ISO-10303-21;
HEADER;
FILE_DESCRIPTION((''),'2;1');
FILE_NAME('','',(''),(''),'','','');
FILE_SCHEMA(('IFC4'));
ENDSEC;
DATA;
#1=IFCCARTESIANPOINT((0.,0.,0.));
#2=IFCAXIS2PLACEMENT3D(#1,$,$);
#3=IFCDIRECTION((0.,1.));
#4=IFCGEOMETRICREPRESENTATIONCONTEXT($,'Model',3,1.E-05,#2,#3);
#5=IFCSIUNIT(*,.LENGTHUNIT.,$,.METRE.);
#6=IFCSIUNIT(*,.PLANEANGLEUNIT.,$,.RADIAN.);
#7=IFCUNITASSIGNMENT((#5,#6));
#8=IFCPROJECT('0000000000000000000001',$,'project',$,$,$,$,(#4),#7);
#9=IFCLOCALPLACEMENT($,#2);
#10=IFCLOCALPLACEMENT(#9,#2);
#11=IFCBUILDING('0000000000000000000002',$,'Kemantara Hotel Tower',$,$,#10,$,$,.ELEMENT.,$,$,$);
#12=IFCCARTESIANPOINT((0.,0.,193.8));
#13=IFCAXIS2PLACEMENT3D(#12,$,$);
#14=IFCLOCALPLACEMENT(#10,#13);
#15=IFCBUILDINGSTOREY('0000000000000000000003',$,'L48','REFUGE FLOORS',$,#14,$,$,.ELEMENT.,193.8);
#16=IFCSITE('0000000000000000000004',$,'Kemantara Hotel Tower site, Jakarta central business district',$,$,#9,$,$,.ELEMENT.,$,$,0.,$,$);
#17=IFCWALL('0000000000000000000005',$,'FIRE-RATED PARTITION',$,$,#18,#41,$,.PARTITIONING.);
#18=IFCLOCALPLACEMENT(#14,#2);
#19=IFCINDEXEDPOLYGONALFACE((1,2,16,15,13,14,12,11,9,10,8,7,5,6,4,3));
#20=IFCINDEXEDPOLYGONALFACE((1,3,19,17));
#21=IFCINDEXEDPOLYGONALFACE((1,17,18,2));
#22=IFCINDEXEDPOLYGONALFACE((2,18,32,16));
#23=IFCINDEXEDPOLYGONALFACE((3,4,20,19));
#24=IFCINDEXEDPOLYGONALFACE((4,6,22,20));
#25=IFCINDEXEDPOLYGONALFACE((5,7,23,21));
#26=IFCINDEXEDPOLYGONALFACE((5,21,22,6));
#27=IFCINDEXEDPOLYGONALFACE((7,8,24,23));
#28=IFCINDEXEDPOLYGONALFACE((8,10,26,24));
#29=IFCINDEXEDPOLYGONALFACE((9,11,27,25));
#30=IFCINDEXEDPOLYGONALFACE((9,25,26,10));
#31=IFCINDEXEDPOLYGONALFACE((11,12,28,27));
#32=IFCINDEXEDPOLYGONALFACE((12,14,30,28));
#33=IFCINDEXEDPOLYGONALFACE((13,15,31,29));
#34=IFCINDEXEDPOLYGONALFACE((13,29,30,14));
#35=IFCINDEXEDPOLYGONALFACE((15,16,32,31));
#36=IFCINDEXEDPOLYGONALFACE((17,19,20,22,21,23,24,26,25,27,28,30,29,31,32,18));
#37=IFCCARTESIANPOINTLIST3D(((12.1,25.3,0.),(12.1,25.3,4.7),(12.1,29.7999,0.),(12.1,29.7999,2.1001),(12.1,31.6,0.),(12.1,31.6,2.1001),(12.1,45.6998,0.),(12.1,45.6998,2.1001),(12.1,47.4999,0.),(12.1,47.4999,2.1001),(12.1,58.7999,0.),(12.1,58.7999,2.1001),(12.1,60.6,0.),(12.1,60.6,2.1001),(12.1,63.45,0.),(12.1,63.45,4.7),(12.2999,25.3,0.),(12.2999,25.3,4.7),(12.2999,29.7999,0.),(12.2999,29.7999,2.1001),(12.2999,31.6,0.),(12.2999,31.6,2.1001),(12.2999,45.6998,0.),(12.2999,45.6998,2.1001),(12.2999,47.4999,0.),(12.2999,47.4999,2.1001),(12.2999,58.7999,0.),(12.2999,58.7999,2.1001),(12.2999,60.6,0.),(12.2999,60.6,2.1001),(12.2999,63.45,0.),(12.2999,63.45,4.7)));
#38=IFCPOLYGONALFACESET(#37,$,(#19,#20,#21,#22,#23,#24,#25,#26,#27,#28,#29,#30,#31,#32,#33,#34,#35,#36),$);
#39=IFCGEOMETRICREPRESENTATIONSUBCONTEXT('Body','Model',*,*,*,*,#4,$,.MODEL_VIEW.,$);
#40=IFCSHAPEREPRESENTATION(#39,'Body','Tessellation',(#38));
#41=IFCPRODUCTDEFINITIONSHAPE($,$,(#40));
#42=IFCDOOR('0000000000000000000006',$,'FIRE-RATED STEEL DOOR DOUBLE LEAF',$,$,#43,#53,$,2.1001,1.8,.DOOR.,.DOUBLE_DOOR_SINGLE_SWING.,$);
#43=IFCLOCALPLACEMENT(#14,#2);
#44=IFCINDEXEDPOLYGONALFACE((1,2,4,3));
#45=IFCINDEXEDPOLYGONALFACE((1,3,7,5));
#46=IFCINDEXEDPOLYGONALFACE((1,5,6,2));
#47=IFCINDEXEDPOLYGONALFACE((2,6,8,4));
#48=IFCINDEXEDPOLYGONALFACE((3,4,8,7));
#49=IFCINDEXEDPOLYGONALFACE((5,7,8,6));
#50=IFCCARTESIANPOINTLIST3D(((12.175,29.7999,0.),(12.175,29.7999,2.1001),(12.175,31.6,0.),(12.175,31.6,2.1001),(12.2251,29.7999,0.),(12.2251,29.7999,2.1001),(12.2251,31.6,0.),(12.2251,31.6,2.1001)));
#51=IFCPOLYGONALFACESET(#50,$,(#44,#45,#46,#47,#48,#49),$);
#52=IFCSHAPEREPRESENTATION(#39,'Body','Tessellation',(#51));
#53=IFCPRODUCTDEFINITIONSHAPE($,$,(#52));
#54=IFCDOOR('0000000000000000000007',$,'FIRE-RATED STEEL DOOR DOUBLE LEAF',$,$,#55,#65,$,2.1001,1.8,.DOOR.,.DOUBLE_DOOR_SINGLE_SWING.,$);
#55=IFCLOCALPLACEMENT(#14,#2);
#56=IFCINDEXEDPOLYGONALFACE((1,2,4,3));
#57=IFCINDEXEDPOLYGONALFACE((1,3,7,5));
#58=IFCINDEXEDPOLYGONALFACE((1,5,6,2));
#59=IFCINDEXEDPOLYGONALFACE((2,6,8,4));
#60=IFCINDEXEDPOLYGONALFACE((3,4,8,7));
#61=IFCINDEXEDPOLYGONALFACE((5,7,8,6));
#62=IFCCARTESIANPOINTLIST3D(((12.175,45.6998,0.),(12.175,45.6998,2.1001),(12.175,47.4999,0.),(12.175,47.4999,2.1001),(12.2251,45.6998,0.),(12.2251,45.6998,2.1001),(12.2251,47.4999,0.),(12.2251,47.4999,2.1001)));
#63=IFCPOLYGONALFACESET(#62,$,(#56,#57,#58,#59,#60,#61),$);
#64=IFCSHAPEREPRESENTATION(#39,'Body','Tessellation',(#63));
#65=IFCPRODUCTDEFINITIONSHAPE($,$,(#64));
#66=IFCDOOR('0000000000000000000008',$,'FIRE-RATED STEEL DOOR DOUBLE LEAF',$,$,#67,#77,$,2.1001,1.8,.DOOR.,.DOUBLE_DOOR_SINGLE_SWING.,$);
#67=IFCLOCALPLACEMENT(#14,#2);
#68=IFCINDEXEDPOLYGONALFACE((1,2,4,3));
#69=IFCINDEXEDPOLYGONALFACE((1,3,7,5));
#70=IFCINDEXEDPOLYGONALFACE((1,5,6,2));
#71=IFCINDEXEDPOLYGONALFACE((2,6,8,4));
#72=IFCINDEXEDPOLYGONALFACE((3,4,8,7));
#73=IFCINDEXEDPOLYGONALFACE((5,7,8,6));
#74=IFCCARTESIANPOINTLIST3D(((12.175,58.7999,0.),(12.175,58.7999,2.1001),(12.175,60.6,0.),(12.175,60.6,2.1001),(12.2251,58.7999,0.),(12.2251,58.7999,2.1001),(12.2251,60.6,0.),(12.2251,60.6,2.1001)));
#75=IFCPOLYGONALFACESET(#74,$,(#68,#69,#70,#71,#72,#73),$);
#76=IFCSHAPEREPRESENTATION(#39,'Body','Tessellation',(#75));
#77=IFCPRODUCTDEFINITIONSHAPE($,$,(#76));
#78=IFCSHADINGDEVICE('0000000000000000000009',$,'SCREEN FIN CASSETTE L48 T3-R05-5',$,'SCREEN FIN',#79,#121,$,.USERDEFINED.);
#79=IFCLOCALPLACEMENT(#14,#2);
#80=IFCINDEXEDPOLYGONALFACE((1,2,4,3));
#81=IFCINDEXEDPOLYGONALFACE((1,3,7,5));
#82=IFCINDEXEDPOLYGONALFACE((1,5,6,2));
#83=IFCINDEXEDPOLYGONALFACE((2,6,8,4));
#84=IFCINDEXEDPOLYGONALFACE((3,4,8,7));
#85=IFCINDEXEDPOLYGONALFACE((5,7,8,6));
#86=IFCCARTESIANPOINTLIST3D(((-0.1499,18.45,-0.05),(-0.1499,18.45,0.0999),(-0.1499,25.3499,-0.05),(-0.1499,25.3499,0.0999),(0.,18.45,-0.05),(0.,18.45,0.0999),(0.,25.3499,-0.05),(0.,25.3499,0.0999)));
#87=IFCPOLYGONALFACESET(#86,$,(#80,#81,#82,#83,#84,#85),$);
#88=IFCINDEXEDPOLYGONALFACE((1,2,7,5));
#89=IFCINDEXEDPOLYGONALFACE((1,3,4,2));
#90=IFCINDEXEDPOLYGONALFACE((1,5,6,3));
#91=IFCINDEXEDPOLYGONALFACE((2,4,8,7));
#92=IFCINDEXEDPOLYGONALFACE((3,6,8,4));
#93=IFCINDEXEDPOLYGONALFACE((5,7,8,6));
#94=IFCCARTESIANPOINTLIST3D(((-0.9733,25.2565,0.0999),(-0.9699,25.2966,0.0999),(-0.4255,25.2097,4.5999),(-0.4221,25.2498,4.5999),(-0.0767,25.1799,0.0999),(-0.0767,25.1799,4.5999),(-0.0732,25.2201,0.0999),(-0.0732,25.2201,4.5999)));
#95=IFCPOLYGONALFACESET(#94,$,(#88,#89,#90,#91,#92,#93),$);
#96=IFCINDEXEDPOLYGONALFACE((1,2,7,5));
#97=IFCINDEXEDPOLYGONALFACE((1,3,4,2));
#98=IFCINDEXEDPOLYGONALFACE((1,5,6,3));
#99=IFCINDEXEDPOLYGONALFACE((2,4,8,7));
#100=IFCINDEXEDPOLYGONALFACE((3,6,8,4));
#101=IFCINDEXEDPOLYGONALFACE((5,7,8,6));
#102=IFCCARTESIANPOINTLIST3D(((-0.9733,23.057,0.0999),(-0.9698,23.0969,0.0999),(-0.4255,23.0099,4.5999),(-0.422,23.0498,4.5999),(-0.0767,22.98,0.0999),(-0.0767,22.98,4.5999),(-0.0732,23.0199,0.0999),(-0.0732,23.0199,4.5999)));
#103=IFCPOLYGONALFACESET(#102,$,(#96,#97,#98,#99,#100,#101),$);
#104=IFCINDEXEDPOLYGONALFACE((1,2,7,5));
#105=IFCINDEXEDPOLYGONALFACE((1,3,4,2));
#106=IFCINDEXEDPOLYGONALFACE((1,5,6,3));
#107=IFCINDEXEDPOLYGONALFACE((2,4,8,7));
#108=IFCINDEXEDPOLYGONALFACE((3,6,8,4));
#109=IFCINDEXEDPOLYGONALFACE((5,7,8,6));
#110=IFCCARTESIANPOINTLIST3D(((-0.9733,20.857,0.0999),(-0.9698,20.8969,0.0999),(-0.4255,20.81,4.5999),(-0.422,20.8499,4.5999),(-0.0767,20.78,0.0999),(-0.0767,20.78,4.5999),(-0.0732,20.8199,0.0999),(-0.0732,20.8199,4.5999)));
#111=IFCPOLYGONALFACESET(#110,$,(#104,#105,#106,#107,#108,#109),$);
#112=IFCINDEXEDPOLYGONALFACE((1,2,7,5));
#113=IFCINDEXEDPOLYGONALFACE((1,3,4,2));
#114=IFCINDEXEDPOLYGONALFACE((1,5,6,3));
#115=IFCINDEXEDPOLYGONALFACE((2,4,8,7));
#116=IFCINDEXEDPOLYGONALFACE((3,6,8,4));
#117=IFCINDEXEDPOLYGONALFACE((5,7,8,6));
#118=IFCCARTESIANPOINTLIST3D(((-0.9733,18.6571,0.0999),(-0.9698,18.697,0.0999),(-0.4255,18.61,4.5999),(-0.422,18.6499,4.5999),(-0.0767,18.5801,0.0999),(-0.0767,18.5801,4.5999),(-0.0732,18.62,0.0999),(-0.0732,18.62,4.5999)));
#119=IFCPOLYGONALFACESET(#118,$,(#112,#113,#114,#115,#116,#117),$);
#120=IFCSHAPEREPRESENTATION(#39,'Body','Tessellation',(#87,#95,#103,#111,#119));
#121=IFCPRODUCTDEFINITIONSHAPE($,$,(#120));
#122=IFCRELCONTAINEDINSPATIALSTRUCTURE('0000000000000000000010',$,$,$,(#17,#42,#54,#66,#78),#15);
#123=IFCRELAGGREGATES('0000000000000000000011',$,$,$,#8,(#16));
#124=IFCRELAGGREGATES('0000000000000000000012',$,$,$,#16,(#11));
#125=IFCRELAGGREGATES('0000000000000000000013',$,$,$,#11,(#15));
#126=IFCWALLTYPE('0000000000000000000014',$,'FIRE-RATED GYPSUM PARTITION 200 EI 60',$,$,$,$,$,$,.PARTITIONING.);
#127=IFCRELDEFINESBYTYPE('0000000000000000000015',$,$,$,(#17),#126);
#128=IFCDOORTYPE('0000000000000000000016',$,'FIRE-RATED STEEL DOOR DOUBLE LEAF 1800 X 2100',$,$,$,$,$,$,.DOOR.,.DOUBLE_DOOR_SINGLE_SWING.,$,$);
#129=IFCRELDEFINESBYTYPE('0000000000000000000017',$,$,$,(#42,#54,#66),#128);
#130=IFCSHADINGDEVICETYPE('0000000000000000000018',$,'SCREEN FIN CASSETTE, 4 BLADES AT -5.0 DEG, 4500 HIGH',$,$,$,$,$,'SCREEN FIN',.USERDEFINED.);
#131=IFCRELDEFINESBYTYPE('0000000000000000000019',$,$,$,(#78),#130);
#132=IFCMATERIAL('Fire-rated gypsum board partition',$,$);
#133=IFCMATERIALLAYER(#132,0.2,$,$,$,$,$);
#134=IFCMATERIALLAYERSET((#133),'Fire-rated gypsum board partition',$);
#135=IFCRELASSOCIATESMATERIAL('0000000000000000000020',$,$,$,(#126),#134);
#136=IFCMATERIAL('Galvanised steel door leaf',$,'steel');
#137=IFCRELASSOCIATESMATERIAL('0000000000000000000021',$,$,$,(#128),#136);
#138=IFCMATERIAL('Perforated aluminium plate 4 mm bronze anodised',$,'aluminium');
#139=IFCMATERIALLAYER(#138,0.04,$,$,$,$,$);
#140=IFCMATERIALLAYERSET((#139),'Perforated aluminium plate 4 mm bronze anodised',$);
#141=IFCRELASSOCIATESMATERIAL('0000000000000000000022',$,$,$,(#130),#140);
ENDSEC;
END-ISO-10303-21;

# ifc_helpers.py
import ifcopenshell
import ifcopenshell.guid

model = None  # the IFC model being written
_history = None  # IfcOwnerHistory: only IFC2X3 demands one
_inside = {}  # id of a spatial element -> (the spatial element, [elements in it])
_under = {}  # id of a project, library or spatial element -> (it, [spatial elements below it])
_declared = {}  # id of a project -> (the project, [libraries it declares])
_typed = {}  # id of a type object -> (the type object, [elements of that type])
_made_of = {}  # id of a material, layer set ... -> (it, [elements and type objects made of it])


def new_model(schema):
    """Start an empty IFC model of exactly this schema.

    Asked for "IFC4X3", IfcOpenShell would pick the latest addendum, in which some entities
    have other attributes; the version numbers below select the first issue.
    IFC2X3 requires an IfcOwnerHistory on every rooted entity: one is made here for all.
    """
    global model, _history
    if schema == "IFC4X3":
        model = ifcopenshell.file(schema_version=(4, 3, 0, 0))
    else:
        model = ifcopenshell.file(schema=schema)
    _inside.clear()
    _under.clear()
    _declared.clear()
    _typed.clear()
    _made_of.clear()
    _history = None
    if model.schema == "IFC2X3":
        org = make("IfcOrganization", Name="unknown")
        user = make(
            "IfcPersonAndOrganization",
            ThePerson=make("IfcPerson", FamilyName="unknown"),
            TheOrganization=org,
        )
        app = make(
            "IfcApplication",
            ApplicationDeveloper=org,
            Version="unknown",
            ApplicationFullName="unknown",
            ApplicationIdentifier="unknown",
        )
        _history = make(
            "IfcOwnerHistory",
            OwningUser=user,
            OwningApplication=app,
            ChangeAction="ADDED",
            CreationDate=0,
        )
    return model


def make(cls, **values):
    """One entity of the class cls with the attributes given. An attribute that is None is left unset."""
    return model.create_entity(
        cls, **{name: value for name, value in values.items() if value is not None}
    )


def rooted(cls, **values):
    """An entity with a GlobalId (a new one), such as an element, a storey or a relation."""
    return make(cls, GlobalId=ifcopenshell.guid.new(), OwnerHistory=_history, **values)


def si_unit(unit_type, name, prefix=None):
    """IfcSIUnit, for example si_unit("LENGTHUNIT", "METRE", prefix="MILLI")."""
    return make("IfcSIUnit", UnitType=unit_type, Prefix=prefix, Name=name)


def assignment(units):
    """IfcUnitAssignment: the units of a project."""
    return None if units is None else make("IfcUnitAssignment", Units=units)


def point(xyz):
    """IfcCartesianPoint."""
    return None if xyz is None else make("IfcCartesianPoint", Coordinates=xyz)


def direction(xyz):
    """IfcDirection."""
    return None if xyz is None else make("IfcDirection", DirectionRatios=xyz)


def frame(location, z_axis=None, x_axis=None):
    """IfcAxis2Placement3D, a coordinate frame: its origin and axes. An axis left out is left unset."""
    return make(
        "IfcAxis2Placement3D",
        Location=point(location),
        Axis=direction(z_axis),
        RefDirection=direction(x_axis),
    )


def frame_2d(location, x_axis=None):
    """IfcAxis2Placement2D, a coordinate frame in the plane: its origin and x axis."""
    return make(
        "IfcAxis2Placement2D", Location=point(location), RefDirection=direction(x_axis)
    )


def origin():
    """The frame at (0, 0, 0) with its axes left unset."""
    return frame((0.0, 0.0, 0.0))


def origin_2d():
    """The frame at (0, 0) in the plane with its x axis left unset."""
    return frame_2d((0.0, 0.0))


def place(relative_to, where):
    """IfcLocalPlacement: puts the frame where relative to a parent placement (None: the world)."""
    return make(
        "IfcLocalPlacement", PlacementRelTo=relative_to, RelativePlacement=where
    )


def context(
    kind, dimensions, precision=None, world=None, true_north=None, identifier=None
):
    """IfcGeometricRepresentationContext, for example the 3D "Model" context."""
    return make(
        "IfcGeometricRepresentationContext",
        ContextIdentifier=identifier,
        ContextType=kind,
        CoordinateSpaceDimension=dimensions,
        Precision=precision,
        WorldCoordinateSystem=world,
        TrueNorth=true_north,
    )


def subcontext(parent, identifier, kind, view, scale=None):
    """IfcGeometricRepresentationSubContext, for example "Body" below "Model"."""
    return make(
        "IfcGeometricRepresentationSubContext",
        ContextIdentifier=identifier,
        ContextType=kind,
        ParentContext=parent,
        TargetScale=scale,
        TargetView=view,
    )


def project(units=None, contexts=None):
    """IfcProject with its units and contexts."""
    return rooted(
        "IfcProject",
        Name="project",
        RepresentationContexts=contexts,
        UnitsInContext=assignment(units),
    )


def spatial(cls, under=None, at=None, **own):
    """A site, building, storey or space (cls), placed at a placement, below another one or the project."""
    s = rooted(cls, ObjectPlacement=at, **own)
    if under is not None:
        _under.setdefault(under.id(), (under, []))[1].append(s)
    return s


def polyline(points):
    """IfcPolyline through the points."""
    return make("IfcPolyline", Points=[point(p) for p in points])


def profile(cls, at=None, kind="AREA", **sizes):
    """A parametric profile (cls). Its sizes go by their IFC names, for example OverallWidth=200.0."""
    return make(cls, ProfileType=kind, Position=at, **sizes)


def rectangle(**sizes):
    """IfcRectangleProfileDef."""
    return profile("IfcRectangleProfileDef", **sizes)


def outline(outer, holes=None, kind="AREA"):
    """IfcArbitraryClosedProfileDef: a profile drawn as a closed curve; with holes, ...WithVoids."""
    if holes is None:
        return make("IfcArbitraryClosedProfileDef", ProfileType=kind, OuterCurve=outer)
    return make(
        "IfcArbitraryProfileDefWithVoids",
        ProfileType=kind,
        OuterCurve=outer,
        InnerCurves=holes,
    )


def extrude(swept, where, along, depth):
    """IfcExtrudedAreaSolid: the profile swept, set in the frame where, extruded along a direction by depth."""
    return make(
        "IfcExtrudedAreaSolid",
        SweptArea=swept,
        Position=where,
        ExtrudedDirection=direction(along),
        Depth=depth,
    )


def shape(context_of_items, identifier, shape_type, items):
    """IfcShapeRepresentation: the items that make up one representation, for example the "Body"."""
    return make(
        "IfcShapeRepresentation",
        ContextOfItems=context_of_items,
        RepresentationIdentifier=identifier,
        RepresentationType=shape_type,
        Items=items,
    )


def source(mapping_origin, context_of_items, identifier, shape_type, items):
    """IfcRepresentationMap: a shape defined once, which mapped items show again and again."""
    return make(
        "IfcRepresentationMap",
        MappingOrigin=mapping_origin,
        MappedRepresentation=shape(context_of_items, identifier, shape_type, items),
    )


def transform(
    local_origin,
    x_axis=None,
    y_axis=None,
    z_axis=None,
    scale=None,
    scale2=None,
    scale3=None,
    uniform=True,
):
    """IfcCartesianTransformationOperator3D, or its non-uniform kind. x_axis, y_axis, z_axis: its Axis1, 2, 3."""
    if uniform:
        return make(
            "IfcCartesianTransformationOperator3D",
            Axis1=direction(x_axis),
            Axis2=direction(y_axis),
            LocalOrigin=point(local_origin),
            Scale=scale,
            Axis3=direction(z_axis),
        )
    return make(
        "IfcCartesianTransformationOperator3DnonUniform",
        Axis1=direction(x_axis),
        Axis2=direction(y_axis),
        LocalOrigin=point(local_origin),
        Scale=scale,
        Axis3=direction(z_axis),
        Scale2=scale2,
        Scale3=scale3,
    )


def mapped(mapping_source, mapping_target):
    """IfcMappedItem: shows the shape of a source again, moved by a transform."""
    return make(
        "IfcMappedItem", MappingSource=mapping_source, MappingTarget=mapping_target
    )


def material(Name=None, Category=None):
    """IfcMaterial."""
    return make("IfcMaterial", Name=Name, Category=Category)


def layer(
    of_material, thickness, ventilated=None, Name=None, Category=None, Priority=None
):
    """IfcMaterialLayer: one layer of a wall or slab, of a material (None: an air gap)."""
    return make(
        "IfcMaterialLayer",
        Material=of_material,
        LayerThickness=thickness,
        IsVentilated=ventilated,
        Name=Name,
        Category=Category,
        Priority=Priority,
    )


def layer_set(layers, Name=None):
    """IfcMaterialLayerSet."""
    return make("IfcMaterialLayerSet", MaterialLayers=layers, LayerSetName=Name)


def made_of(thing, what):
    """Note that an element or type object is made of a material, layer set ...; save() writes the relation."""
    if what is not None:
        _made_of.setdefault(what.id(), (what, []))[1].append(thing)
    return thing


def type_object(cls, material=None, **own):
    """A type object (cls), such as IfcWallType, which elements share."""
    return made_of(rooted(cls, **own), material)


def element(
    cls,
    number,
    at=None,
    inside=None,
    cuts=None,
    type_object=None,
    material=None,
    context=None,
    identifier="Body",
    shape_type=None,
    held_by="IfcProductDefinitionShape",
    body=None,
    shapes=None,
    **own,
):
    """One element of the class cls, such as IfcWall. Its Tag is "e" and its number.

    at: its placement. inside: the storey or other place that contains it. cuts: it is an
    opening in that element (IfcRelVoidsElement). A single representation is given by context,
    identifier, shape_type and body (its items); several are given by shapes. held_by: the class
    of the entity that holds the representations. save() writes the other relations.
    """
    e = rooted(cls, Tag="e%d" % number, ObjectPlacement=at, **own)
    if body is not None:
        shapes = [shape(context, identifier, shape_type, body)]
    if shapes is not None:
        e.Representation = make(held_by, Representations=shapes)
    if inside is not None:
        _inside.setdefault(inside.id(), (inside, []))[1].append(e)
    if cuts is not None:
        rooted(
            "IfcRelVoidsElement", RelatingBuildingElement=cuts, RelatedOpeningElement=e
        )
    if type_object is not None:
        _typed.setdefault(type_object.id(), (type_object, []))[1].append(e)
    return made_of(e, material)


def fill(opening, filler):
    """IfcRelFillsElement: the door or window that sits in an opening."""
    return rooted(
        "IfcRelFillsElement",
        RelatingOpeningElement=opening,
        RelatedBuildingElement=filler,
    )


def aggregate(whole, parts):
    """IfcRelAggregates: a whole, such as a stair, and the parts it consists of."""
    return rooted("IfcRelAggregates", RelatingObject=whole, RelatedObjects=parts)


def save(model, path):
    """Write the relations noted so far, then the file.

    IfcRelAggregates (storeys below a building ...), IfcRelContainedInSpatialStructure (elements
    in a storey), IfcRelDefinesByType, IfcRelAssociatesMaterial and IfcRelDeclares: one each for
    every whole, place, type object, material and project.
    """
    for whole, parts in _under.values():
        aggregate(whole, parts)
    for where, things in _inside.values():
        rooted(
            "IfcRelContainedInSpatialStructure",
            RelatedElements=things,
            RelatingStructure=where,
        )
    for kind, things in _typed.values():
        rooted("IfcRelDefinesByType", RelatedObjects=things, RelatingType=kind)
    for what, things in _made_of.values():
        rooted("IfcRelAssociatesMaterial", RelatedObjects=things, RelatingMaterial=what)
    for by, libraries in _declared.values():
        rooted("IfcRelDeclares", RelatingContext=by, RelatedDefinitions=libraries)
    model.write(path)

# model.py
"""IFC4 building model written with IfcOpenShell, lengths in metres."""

from ifc_helpers import new_model, si_unit, direction, frame, frame_2d, origin, origin_2d, place, context, subcontext, project, spatial, polyline, rectangle, outline, extrude, source, transform, mapped, material, layer, layer_set, type_object, element, fill, save


model = new_model("IFC4")

# Units and contexts
model_context = context("Model", 3, precision=1e-05, world=origin(), true_north=direction((0.0, 1.0)))
body_context = subcontext(model_context, "Body", "Model", "MODEL_VIEW")
ifc_project = project(units=[si_unit("LENGTHUNIT", "METRE"), si_unit("PLANEANGLEUNIT", "RADIAN")], contexts=[model_context])

# Site, building, storey
site_placement = place(None, origin())
site = spatial("IfcSite", under=ifc_project, at=site_placement, Name="Kemantara Hotel Tower site, Jakarta central business district", CompositionType="ELEMENT", RefElevation=0.0)
building_placement = place(site_placement, origin())
building = spatial("IfcBuilding", under=site, at=building_placement, Name="Kemantara Hotel Tower", CompositionType="ELEMENT")
storey_placement = place(building_placement, frame((0.0, 0.0, 193.8)))
storey = spatial("IfcBuildingStorey", under=building, at=storey_placement, Name="L48", Description="REFUGE FLOORS", CompositionType="ELEMENT", Elevation=193.8)

# Shared definitions
ifc_material_1 = material(Name="Fire-rated gypsum board partition")
ifc_layer_1 = layer(ifc_material_1, 0.2)
ifc_layer_set_1 = layer_set([ifc_layer_1], Name="Fire-rated gypsum board partition")
wall_type_1 = type_object("IfcWallType", Name="FIRE-RATED GYPSUM PARTITION 200 EI 60", PredefinedType="PARTITIONING", material=ifc_layer_set_1)

# Wall, openings, doors
wall_1_placement = place(storey_placement, frame((12.2, 25.3, 0.0), z_axis=(0.0, 0.0, 1.0), x_axis=(0.0, 1.0, 0.0)))
wall_1 = element("IfcWall", 1, at=wall_1_placement, inside=storey, type_object=wall_type_1, Name="FIRE-RATED PARTITION", PredefinedType="PARTITIONING", context=body_context, shape_type="SweptSolid", body=[
    extrude(rectangle(XDim=38.1499, YDim=0.2, at=frame_2d((19.075, 0.0))), origin(), (0.0, 0.0, 1.0), 4.7),
])
opening_1_placement = place(wall_1_placement, frame((4.5, 0.0, 0.0)))
opening_1 = element("IfcOpeningElement", 2, at=opening_1_placement, cuts=wall_1, PredefinedType="OPENING", context=body_context, shape_type="SweptSolid", body=[
    extrude(rectangle(XDim=1.8, YDim=2.1001, at=frame_2d((0.8999, 1.05))), frame((0.0, 0.1099, 0.0), z_axis=(0.0, -1.0, 0.0), x_axis=(1.0, 0.0, 0.0)), (0.0, 0.0, 1.0), 0.22),
])
opening_2_placement = place(wall_1_placement, frame((20.3999, 0.0, 0.0)))
opening_2 = element("IfcOpeningElement", 3, at=opening_2_placement, cuts=wall_1, PredefinedType="OPENING", context=body_context, shape_type="SweptSolid", body=[
    extrude(rectangle(XDim=1.8, YDim=2.1001, at=frame_2d((0.8999, 1.05))), frame((0.0, 0.1099, 0.0), z_axis=(0.0, -1.0, 0.0), x_axis=(1.0, 0.0, 0.0)), (0.0, 0.0, 1.0), 0.22),
])
opening_3_placement = place(wall_1_placement, frame((33.5, 0.0, 0.0)))
opening_3 = element("IfcOpeningElement", 4, at=opening_3_placement, cuts=wall_1, PredefinedType="OPENING", context=body_context, shape_type="SweptSolid", body=[
    extrude(rectangle(XDim=1.8, YDim=2.1001, at=frame_2d((0.8999, 1.05))), frame((0.0, 0.1099, 0.0), z_axis=(0.0, -1.0, 0.0), x_axis=(1.0, 0.0, 0.0)), (0.0, 0.0, 1.0), 0.22),
])
ifc_material_2 = material(Name="Galvanised steel door leaf", Category="steel")
door_type = type_object("IfcDoorType", Name="FIRE-RATED STEEL DOOR DOUBLE LEAF 1800 X 2100", OperationType="DOUBLE_DOOR_SINGLE_SWING", PredefinedType="DOOR", material=ifc_material_2)
door_1_placement = place(opening_1_placement, origin())
door_1 = element("IfcDoor", 5, at=door_1_placement, inside=storey, type_object=door_type, Name="FIRE-RATED STEEL DOOR DOUBLE LEAF", OperationType="DOUBLE_DOOR_SINGLE_SWING", OverallHeight=2.1001, OverallWidth=1.8, PredefinedType="DOOR", context=body_context, shape_type="SweptSolid", body=[
    extrude(rectangle(XDim=1.8, YDim=2.1001, at=frame_2d((0.8999, 1.05))), frame((0.0, 0.0249, 0.0), z_axis=(0.0, -1.0, 0.0), x_axis=(1.0, 0.0, 0.0)), (0.0, 0.0, 1.0), 0.05),
])
fill(opening_1, door_1)
door_2_placement = place(opening_2_placement, origin())
door_2 = element("IfcDoor", 6, at=door_2_placement, inside=storey, type_object=door_type, Name="FIRE-RATED STEEL DOOR DOUBLE LEAF", OperationType="DOUBLE_DOOR_SINGLE_SWING", OverallHeight=2.1001, OverallWidth=1.8, PredefinedType="DOOR", context=body_context, shape_type="SweptSolid", body=[
    extrude(rectangle(XDim=1.8, YDim=2.1001, at=frame_2d((0.8999, 1.05))), frame((0.0, 0.0249, 0.0), z_axis=(0.0, -1.0, 0.0), x_axis=(1.0, 0.0, 0.0)), (0.0, 0.0, 1.0), 0.05),
])
fill(opening_2, door_2)
door_3_placement = place(opening_3_placement, origin())
door_3 = element("IfcDoor", 7, at=door_3_placement, inside=storey, type_object=door_type, Name="FIRE-RATED STEEL DOOR DOUBLE LEAF", OperationType="DOUBLE_DOOR_SINGLE_SWING", OverallHeight=2.1001, OverallWidth=1.8, PredefinedType="DOOR", context=body_context, shape_type="SweptSolid", body=[
    extrude(rectangle(XDim=1.8, YDim=2.1001, at=frame_2d((0.8999, 1.05))), frame((0.0, 0.0249, 0.0), z_axis=(0.0, -1.0, 0.0), x_axis=(1.0, 0.0, 0.0)), (0.0, 0.0, 1.0), 0.05),
])
fill(opening_3, door_3)

# Shading device
ifc_material_3 = material(Name="Perforated aluminium plate 4 mm bronze anodised", Category="aluminium")
ifc_layer_2 = layer(ifc_material_3, 0.04)
ifc_layer_set_2 = layer_set([ifc_layer_2], Name="Perforated aluminium plate 4 mm bronze anodised")
shading_device_type = type_object("IfcShadingDeviceType", Name="SCREEN FIN CASSETTE, 4 BLADES AT -5.0 DEG, 4500 HIGH", ElementType="SCREEN FIN", PredefinedType="USERDEFINED", material=ifc_layer_set_2)
shared_shape = source(origin(), body_context, "Body", "SweptSolid", [
    extrude(rectangle(XDim=6.8999, YDim=0.1499, at=origin_2d()), frame((3.3, -0.075, -0.1499), z_axis=(0.0, 0.0, 1.0), x_axis=(1.0, 0.0, 0.0)), (0.0, 0.0, 1.0), 0.1499),
    extrude(outline(polyline([(0.0, 0.0), (0.8999, 0.0), (0.3501, 4.5), (0.0, 4.5), (0.0, 0.0)])), frame((0.02, -0.0767, 0.0), z_axis=(-0.996376, 0.085056, 0.0), x_axis=(-0.085056, -0.996376, 0.0)), (0.0, 0.0, 1.0), 0.0403),
    extrude(outline(polyline([(0.0, 0.0), (0.8999, 0.0), (0.3501, 4.5), (0.0, 4.5), (0.0, 0.0)])), frame((2.22, -0.0767, 0.0), z_axis=(-0.996332, 0.085575, 0.0), x_axis=(-0.085575, -0.996332, 0.0)), (0.0, 0.0, 1.0), 0.04),
    extrude(outline(polyline([(0.0, 0.0), (0.8999, 0.0), (0.3501, 4.5), (0.0, 4.5), (0.0, 0.0)])), frame((4.4199, -0.0767, 0.0), z_axis=(-0.996332, 0.085575, 0.0), x_axis=(-0.085575, -0.996332, 0.0)), (0.0, 0.0, 1.0), 0.04),
    extrude(outline(polyline([(0.0, 0.0), (0.8999, 0.0), (0.3501, 4.5), (0.0, 4.5), (0.0, 0.0)])), frame((6.6199, -0.0767, 0.0), z_axis=(-0.996332, 0.085575, 0.0), x_axis=(-0.085575, -0.996332, 0.0)), (0.0, 0.0, 1.0), 0.04),
])
shading_device_placement = place(storey_placement, frame((0.0, 25.2, 0.0999), z_axis=(0.0, 0.0, 1.0), x_axis=(0.0, -1.0, 0.0)))
element("IfcShadingDevice", 8, at=shading_device_placement, inside=storey, type_object=shading_device_type, Name="SCREEN FIN CASSETTE L48 T3-R05-5", ObjectType="SCREEN FIN", PredefinedType="USERDEFINED", context=body_context, shape_type="MappedRepresentation", body=[
    mapped(shared_shape, transform((0.0, 0.0, 0.0))),
])

save(model, "model.ifc")
